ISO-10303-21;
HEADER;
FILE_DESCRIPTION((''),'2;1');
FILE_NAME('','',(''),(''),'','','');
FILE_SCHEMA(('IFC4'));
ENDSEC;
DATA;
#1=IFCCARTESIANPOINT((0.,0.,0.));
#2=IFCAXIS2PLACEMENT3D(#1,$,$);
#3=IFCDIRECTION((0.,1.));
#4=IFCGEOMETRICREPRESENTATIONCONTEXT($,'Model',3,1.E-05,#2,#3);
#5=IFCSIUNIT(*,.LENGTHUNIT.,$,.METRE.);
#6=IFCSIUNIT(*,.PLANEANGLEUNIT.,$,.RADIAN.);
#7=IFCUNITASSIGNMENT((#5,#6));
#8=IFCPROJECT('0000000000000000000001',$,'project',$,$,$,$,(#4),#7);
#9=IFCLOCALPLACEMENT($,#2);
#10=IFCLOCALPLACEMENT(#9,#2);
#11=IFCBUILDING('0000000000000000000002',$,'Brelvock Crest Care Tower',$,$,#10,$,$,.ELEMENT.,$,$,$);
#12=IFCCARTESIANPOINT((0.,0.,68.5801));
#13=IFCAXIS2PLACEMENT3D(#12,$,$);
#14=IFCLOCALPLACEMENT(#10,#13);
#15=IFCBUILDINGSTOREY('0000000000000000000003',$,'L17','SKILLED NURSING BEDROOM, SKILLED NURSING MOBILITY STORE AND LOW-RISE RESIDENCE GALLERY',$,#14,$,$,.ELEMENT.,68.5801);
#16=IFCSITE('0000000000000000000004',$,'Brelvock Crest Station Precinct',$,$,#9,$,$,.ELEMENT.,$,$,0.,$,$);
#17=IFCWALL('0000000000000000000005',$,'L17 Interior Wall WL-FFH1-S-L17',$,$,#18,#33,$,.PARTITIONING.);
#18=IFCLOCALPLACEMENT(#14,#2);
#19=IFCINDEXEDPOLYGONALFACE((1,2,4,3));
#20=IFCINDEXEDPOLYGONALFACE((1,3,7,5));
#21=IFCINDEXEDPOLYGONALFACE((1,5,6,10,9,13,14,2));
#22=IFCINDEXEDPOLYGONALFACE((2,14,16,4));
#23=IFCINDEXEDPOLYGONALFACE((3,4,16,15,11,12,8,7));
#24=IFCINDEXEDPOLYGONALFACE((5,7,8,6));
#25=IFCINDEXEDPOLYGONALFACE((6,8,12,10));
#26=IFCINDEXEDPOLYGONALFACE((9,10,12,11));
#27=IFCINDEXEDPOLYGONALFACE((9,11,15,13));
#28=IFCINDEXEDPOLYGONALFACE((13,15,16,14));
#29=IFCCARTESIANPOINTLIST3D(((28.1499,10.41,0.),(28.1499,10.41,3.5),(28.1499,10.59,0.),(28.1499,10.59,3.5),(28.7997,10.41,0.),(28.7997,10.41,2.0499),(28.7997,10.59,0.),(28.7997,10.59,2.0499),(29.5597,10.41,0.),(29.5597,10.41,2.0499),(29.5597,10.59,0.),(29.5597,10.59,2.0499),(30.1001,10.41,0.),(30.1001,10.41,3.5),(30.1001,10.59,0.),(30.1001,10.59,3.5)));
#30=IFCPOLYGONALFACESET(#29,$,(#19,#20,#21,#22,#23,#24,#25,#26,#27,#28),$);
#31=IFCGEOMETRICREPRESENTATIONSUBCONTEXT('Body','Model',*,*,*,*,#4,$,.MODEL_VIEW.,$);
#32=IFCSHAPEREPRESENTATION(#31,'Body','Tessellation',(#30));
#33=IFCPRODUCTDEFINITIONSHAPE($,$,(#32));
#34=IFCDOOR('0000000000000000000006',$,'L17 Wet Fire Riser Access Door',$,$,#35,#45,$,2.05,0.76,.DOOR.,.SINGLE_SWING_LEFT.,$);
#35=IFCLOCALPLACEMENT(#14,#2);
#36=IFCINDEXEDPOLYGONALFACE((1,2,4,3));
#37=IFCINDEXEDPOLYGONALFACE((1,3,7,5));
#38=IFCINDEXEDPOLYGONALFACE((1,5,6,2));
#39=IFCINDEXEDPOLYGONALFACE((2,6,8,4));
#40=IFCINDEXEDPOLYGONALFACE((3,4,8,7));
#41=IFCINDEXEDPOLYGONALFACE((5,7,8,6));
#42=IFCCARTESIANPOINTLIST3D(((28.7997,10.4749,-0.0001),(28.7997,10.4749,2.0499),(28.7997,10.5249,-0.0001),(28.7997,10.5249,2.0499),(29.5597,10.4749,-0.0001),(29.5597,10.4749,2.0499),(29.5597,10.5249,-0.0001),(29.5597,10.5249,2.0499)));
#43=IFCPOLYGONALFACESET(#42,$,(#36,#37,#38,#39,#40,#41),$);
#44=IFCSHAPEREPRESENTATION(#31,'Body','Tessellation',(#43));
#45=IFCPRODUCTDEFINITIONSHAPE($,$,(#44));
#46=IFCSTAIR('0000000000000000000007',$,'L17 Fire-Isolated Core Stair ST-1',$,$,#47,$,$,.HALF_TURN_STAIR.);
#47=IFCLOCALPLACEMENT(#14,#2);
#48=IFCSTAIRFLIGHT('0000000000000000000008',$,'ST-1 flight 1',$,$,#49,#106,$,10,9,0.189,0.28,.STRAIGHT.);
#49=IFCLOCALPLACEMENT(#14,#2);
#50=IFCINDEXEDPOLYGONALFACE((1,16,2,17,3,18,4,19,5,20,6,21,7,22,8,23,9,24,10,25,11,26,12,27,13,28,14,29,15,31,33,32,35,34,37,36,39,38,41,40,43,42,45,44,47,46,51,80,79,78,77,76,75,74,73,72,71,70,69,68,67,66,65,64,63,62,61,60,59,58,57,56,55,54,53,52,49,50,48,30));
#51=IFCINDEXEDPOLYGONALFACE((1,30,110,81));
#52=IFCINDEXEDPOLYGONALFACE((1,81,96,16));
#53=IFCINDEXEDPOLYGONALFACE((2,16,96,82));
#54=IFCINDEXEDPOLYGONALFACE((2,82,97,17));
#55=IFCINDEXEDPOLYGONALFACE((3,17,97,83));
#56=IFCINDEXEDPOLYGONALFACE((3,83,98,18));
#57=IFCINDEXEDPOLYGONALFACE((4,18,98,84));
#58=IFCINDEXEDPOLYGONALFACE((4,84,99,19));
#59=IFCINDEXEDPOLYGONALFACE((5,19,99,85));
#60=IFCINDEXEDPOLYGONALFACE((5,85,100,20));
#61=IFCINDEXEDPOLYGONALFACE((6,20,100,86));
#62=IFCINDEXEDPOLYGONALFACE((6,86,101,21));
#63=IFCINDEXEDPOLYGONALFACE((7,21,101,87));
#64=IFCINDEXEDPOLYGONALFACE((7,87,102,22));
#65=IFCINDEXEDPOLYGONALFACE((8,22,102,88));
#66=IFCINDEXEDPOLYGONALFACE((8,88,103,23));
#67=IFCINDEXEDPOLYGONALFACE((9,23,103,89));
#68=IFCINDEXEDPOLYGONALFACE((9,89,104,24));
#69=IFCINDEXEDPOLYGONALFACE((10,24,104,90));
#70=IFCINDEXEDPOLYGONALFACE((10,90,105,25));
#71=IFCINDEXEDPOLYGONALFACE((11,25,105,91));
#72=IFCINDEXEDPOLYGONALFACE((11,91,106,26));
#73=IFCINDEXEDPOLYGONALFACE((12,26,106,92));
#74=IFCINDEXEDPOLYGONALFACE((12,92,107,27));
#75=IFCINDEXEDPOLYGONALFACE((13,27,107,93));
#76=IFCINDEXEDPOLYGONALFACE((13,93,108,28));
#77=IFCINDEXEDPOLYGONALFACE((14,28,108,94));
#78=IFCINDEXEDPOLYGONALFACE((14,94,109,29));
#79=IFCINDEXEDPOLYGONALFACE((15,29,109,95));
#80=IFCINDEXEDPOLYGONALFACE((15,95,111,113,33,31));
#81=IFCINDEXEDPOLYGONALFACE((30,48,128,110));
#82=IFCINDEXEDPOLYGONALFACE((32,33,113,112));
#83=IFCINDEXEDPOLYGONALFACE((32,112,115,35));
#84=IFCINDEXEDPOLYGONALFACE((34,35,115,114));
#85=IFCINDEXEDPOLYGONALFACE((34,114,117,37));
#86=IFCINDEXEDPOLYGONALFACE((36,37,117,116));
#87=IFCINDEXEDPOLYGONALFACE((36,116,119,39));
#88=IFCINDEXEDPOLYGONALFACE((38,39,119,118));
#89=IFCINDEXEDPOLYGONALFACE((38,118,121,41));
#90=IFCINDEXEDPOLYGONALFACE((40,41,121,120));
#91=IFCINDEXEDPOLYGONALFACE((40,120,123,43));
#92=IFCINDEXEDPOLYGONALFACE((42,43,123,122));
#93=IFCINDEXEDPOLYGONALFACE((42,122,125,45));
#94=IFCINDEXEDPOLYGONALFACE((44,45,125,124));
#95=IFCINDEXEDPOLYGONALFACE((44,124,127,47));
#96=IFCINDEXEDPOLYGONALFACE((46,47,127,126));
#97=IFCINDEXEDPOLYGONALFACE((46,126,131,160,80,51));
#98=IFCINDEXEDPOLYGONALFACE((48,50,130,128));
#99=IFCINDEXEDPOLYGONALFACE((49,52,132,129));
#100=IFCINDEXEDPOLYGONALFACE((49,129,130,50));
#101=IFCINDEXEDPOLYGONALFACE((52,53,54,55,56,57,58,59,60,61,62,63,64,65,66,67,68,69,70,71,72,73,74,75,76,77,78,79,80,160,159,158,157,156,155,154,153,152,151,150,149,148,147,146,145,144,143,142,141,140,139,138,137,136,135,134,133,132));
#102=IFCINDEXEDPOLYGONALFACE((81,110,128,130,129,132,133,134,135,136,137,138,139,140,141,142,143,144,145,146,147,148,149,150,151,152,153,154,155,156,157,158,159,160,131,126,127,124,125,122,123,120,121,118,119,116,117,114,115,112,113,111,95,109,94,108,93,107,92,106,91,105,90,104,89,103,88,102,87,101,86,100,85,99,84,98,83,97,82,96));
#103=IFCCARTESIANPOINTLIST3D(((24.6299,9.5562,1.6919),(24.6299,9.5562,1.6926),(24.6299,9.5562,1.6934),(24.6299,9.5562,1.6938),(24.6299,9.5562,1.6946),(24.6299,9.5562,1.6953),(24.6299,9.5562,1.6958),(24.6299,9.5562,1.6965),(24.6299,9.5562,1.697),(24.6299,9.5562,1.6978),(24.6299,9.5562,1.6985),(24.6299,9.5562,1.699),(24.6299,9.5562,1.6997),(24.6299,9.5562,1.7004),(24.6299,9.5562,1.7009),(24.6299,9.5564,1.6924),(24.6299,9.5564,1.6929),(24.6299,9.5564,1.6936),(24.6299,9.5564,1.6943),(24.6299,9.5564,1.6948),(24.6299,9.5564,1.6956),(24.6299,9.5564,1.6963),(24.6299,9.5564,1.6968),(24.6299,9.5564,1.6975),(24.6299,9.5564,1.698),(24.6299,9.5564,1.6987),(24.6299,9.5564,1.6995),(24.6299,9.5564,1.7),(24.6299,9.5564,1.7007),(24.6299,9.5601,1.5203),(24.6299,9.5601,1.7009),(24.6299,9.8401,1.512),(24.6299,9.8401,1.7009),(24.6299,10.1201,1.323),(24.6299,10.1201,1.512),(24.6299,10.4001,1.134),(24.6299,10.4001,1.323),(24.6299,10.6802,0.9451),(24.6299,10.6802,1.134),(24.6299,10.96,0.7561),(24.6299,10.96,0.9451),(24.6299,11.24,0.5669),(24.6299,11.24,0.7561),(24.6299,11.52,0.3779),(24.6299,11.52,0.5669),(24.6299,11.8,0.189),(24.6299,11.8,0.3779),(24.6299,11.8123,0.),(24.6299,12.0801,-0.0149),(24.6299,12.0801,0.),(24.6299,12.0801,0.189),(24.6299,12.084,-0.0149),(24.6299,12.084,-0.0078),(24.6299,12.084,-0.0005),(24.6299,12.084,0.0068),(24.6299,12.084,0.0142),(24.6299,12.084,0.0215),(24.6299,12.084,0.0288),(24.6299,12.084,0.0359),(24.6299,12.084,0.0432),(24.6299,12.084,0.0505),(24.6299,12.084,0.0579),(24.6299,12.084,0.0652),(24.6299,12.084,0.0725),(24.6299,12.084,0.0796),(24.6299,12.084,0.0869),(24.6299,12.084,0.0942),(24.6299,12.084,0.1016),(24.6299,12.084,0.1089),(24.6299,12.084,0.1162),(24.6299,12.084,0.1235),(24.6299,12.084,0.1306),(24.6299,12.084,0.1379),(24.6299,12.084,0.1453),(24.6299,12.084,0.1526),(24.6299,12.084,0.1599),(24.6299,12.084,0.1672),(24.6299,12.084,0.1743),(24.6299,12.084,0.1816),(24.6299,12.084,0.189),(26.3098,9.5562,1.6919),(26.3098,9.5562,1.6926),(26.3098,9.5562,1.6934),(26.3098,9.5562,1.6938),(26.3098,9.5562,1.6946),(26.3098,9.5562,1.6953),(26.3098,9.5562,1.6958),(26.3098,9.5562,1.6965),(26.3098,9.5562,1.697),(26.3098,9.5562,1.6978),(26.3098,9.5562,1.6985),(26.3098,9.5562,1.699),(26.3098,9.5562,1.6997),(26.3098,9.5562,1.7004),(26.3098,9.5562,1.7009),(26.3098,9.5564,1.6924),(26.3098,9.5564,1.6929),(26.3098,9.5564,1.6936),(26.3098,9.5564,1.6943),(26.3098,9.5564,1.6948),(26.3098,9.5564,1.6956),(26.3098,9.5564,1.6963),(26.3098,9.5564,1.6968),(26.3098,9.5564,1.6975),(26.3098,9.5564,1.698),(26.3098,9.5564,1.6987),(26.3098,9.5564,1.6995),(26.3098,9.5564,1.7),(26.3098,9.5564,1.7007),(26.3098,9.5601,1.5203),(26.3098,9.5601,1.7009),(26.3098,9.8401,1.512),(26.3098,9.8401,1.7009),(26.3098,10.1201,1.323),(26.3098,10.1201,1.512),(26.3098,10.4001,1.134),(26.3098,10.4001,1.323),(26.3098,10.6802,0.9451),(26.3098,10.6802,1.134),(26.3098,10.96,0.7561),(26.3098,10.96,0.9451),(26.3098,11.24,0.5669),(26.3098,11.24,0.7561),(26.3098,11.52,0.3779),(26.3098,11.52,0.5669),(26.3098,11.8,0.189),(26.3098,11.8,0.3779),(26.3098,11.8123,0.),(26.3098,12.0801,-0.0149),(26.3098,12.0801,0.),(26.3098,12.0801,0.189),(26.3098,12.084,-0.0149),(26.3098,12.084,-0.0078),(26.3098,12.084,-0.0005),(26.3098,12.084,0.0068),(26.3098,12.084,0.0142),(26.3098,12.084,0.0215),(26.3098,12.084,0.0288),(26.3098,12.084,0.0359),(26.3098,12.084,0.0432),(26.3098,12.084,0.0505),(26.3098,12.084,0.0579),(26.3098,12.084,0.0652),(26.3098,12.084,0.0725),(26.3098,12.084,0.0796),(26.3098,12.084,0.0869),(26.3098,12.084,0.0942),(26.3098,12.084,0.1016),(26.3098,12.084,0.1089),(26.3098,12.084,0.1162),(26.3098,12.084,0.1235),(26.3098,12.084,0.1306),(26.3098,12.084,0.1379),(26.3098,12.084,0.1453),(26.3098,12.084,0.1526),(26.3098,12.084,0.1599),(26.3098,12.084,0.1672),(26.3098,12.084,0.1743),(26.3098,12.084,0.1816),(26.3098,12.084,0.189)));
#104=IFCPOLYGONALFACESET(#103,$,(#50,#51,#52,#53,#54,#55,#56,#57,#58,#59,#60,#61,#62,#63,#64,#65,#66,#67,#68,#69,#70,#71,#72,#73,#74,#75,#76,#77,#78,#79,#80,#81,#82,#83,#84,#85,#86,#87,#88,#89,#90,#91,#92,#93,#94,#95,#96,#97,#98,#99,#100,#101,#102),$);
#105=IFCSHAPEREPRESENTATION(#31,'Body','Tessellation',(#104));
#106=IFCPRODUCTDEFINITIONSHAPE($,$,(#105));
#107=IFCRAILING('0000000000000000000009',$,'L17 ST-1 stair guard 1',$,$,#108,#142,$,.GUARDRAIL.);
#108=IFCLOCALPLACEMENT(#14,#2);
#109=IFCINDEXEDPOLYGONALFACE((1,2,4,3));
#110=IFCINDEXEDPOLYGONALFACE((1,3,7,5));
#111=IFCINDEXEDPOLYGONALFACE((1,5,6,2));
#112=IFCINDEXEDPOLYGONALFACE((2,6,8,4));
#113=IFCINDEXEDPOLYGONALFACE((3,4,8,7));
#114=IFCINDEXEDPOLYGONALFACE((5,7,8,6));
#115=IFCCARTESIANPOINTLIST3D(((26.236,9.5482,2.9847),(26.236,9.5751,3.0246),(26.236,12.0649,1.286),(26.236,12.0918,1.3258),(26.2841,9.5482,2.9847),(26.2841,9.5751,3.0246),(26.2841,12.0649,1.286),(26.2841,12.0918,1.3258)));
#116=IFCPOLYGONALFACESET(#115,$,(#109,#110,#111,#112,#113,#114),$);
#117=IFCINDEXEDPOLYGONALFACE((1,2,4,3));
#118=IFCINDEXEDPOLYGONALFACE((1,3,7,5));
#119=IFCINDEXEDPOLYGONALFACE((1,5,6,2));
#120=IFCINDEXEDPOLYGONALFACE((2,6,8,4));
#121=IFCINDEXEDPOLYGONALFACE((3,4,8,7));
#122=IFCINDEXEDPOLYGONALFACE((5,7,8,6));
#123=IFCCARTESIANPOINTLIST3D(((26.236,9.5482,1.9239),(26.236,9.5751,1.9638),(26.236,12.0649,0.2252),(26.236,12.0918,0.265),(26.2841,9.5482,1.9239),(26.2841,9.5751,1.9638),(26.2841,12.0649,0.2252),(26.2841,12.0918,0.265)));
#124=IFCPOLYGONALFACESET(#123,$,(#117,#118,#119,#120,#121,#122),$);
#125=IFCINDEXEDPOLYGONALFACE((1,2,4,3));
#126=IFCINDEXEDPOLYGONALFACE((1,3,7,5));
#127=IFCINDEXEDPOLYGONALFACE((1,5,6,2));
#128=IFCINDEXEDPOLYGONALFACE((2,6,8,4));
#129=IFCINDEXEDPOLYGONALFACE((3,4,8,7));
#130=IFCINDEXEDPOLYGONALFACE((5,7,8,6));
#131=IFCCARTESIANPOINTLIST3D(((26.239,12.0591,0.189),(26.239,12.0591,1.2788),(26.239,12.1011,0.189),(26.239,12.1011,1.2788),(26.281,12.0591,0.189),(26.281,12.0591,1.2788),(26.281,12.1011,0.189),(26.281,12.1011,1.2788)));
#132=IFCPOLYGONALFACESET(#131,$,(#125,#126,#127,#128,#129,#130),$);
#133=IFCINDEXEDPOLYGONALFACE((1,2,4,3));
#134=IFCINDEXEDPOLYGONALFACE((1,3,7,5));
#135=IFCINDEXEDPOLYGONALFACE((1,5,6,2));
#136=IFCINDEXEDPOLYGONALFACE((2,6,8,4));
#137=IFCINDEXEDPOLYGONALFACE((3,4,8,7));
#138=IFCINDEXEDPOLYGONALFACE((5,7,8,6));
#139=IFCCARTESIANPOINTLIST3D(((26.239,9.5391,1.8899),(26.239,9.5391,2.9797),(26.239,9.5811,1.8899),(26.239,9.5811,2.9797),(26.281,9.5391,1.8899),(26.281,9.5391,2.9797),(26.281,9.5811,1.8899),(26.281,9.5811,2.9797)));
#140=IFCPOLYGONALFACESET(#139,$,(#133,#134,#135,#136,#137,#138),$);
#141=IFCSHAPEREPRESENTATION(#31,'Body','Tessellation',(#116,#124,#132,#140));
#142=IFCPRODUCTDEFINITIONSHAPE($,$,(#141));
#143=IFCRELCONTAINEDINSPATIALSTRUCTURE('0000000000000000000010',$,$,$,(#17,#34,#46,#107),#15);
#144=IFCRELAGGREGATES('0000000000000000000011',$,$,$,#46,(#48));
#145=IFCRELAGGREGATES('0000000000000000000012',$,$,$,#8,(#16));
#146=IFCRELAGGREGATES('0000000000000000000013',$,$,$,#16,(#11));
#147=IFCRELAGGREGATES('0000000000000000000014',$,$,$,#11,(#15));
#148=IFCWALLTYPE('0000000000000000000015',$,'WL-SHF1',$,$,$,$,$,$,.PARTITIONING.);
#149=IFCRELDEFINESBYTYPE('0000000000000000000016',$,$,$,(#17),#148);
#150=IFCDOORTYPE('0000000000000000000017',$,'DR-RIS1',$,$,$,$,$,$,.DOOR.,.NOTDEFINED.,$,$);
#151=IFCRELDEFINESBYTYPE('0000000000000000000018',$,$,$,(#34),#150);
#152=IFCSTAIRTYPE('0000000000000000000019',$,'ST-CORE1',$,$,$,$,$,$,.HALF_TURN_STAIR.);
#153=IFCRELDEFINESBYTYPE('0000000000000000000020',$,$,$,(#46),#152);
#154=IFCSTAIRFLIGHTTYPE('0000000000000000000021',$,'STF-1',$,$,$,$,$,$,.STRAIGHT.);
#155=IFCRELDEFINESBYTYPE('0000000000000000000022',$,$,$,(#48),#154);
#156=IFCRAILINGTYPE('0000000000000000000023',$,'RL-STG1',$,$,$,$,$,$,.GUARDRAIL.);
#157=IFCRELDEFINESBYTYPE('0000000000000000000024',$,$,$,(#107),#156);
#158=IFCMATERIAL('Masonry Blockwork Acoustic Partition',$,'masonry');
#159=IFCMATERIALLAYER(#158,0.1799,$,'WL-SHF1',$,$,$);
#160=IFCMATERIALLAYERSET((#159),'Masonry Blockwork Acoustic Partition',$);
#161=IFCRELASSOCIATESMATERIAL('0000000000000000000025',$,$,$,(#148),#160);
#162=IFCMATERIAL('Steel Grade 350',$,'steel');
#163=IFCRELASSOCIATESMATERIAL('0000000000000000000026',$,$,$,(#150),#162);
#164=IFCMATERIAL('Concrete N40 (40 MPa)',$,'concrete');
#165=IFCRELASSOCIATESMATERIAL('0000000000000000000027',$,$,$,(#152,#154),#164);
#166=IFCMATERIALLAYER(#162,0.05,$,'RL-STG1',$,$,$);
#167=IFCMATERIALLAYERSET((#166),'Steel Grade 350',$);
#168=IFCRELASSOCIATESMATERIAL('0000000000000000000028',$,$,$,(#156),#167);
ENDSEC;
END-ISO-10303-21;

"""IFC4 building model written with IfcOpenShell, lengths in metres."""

from ifc_helpers import new_model, si_unit, direction, frame, frame_2d, origin, origin_2d, place, context, subcontext, project, spatial, polyline, rectangle, outline, extrude, source, transform, mapped, material, layer, layer_set, type_object, element, fill, aggregate, save


model = new_model("IFC4")

# Units and contexts
model_context = context("Model", 3, precision=1e-05, world=origin(), true_north=direction((0.0, 1.0)))
body_context = subcontext(model_context, "Body", "Model", "MODEL_VIEW")
ifc_project = project(units=[si_unit("LENGTHUNIT", "METRE"), si_unit("PLANEANGLEUNIT", "RADIAN")], contexts=[model_context])

# Site, building, storey
site_placement = place(None, origin())
site = spatial("IfcSite", under=ifc_project, at=site_placement, Name="Brelvock Crest Station Precinct", CompositionType="ELEMENT", RefElevation=0.0)
building_placement = place(site_placement, origin())
building = spatial("IfcBuilding", under=site, at=building_placement, Name="Brelvock Crest Care Tower", CompositionType="ELEMENT")
storey_placement = place(building_placement, frame((0.0, 0.0, 68.5801)))
storey = spatial("IfcBuildingStorey", under=building, at=storey_placement, Name="L17", Description="SKILLED NURSING BEDROOM, SKILLED NURSING MOBILITY STORE AND LOW-RISE RESIDENCE GALLERY", CompositionType="ELEMENT", Elevation=68.5801)

# Shared definitions
ifc_material_1 = material(Name="Masonry Blockwork Acoustic Partition", Category="masonry")

# Shared definitions
ifc_layer_1 = layer(ifc_material_1, 0.1799, Name="WL-SHF1")
ifc_layer_set_1 = layer_set([ifc_layer_1], Name="Masonry Blockwork Acoustic Partition")
wall_type_1 = type_object("IfcWallType", Name="WL-SHF1", PredefinedType="PARTITIONING", material=ifc_layer_set_1)

# Shared definitions
ifc_material_2 = material(Name="Steel Grade 350", Category="steel")

# Wall, opening, door
wall_1_placement = place(storey_placement, frame((28.1499, 10.5, 0.0), z_axis=(0.0, 0.0, 1.0), x_axis=(1.0, 0.0, 0.0)))
wall_1 = element("IfcWall", 1, at=wall_1_placement, inside=storey, type_object=wall_type_1, Name="L17 Interior Wall WL-FFH1-S-L17", PredefinedType="PARTITIONING", context=body_context, shape_type="SweptSolid", body=[
    extrude(rectangle(XDim=1.9502, YDim=0.1799, at=frame_2d((0.9751, 0.0))), origin(), (0.0, 0.0, 1.0), 3.5),
])
opening_1_placement = place(wall_1_placement, frame((0.6499, 0.0, 0.0)))
opening_1 = element("IfcOpeningElement", 2, at=opening_1_placement, cuts=wall_1, PredefinedType="OPENING", context=body_context, shape_type="SweptSolid", body=[
    extrude(rectangle(XDim=0.76, YDim=2.05, at=origin_2d()), frame((0.3799, 0.1001, 1.0249), z_axis=(0.0, -1.0, 0.0), x_axis=(1.0, 0.0, 0.0)), (0.0, 0.0, 1.0), 0.2),
])
door_type_1 = type_object("IfcDoorType", Name="DR-RIS1", OperationType="NOTDEFINED", PredefinedType="DOOR", material=ifc_material_2)
shared_shape_1 = source(origin(), body_context, "Body", "SweptSolid", [
    extrude(rectangle(XDim=0.76, YDim=2.05, at=origin_2d()), frame((0.3799, 0.0249, 1.0249), z_axis=(0.0, -1.0, 0.0), x_axis=(1.0, 0.0, 0.0)), (0.0, 0.0, 1.0), 0.05),
])
door_1_placement = place(opening_1_placement, origin())
door_1 = element("IfcDoor", 3, at=door_1_placement, inside=storey, type_object=door_type_1, Name="L17 Wet Fire Riser Access Door", OperationType="SINGLE_SWING_LEFT", OverallHeight=2.05, OverallWidth=0.76, PredefinedType="DOOR", context=body_context, shape_type="MappedRepresentation", body=[
    mapped(shared_shape_1, transform((0.0, 0.0, 0.0), x_axis=(1.0, 0.0, 0.0), y_axis=(0.0, 1.0, 0.0), z_axis=(0.0, 0.0, 1.0), scale=1.0)),
])
fill(opening_1, door_1)

# Stair, stair flight
ifc_material_3 = material(Name="Concrete N40 (40 MPa)", Category="concrete")
stair_type = type_object("IfcStairType", Name="ST-CORE1", PredefinedType="HALF_TURN_STAIR", material=ifc_material_3)
stair_placement = place(storey_placement, origin())
stair = element("IfcStair", 4, at=stair_placement, inside=storey, type_object=stair_type, Name="L17 Fire-Isolated Core Stair ST-1", PredefinedType="HALF_TURN_STAIR")
stair_flight_type = type_object("IfcStairFlightType", Name="STF-1", PredefinedType="STRAIGHT", material=ifc_material_3)
stair_flight_placement = place(storey_placement, frame((25.47, 12.0801, 0.0), z_axis=(0.0, 0.0, 1.0), x_axis=(0.0, -1.0, 0.0)))
stair_flight = element("IfcStairFlight", 5, at=stair_flight_placement, type_object=stair_flight_type, Name="ST-1 flight 1", NumberOfRisers=10, NumberOfTreads=9, PredefinedType="STRAIGHT", RiserHeight=0.189, TreadLength=0.28, context=body_context, shape_type="SweptSolid", body=[
    extrude(outline(polyline([(-0.0039, -0.0149), (-0.0039, -0.0078), (-0.0039, -0.0005), (-0.0039, 0.0068), (-0.0039, 0.0142), (-0.0039, 0.0215), (-0.0039, 0.0288), (-0.0039, 0.0359), (-0.0039, 0.0432), (-0.0039, 0.0505), (-0.0039, 0.0579), (-0.0039, 0.0652), (-0.0039, 0.0725), (-0.0039, 0.0796), (-0.0039, 0.0869), (-0.0039, 0.0942), (-0.0039, 0.1016), (-0.0039, 0.1089), (-0.0039, 0.1162), (-0.0039, 0.1235), (-0.0039, 0.1306), (-0.0039, 0.1379), (-0.0039, 0.1453), (-0.0039, 0.1526), (-0.0039, 0.1599), (-0.0039, 0.1672), (-0.0039, 0.1743), (-0.0039, 0.1816), (-0.0039, 0.189), (0.0, 0.189), (0.28, 0.189), (0.28, 0.3779), (0.5601, 0.3779), (0.5601, 0.5669), (0.8401, 0.5669), (0.8401, 0.7561), (1.1201, 0.7561), (1.1201, 0.9451), (1.3999, 0.9451), (1.3999, 1.134), (1.6799, 1.134), (1.6799, 1.323), (1.96, 1.323), (1.96, 1.512), (2.24, 1.512), (2.24, 1.7009), (2.52, 1.7009), (2.5239, 1.7009), (2.5237, 1.7007), (2.5239, 1.7004), (2.5237, 1.7), (2.5239, 1.6997), (2.5237, 1.6995), (2.5239, 1.699), (2.5237, 1.6987), (2.5239, 1.6985), (2.5237, 1.698), (2.5239, 1.6978), (2.5237, 1.6975), (2.5239, 1.697), (2.5237, 1.6968), (2.5239, 1.6965), (2.5237, 1.6963), (2.5239, 1.6958), (2.5237, 1.6956), (2.5239, 1.6953), (2.5237, 1.6948), (2.5239, 1.6946), (2.5237, 1.6943), (2.5239, 1.6938), (2.5237, 1.6936), (2.5239, 1.6934), (2.5237, 1.6929), (2.5239, 1.6926), (2.5237, 1.6924), (2.5239, 1.6919), (2.52, 1.5203), (0.2678, 0.0), (0.0, 0.0), (0.0, -0.0149), (-0.0039, -0.0149)])), frame((0.0, 0.8398, 0.0), z_axis=(0.0, -1.0, 0.0), x_axis=(1.0, 0.0, 0.0)), (0.0, 0.0, 1.0), 1.6799),
])
aggregate(stair, [stair_flight])

# Railing
ifc_layer_2 = layer(ifc_material_2, 0.05, Name="RL-STG1")
ifc_layer_set_2 = layer_set([ifc_layer_2], Name="Steel Grade 350")
railing_type_1 = type_object("IfcRailingType", Name="RL-STG1", PredefinedType="GUARDRAIL", material=ifc_layer_set_2)
railing_1_placement = place(storey_placement, frame((26.26, 12.0801, 0.189)))
element("IfcRailing", 6, at=railing_1_placement, inside=storey, type_object=railing_type_1, Name="L17 ST-1 stair guard 1", PredefinedType="GUARDRAIL", context=body_context, shape_type="SweptSolid", body=[
    extrude(rectangle(XDim=0.0481, YDim=0.0481, at=origin_2d()), frame((0.0, -0.0017, 1.1169), z_axis=(0.0, -0.828862, 0.559454), x_axis=(1.0, 0.0, 0.0)), (0.0, 0.0, 1.0), 3.0364),
    extrude(rectangle(XDim=0.0481, YDim=0.0481, at=origin_2d()), frame((0.0, -0.0017, 0.0562), z_axis=(0.0, -0.828862, 0.559454), x_axis=(1.0, 0.0, 0.0)), (0.0, 0.0, 1.0), 3.0364),
    extrude(rectangle(XDim=0.042, YDim=0.042, at=origin_2d()), origin(), (0.0, 0.0, 1.0), 1.0898),
    extrude(rectangle(XDim=0.042, YDim=0.042, at=origin_2d()), frame((0.0, -2.52, 1.7009)), (0.0, 0.0, 1.0), 1.0898),
])

save(model, "model.ifc")
